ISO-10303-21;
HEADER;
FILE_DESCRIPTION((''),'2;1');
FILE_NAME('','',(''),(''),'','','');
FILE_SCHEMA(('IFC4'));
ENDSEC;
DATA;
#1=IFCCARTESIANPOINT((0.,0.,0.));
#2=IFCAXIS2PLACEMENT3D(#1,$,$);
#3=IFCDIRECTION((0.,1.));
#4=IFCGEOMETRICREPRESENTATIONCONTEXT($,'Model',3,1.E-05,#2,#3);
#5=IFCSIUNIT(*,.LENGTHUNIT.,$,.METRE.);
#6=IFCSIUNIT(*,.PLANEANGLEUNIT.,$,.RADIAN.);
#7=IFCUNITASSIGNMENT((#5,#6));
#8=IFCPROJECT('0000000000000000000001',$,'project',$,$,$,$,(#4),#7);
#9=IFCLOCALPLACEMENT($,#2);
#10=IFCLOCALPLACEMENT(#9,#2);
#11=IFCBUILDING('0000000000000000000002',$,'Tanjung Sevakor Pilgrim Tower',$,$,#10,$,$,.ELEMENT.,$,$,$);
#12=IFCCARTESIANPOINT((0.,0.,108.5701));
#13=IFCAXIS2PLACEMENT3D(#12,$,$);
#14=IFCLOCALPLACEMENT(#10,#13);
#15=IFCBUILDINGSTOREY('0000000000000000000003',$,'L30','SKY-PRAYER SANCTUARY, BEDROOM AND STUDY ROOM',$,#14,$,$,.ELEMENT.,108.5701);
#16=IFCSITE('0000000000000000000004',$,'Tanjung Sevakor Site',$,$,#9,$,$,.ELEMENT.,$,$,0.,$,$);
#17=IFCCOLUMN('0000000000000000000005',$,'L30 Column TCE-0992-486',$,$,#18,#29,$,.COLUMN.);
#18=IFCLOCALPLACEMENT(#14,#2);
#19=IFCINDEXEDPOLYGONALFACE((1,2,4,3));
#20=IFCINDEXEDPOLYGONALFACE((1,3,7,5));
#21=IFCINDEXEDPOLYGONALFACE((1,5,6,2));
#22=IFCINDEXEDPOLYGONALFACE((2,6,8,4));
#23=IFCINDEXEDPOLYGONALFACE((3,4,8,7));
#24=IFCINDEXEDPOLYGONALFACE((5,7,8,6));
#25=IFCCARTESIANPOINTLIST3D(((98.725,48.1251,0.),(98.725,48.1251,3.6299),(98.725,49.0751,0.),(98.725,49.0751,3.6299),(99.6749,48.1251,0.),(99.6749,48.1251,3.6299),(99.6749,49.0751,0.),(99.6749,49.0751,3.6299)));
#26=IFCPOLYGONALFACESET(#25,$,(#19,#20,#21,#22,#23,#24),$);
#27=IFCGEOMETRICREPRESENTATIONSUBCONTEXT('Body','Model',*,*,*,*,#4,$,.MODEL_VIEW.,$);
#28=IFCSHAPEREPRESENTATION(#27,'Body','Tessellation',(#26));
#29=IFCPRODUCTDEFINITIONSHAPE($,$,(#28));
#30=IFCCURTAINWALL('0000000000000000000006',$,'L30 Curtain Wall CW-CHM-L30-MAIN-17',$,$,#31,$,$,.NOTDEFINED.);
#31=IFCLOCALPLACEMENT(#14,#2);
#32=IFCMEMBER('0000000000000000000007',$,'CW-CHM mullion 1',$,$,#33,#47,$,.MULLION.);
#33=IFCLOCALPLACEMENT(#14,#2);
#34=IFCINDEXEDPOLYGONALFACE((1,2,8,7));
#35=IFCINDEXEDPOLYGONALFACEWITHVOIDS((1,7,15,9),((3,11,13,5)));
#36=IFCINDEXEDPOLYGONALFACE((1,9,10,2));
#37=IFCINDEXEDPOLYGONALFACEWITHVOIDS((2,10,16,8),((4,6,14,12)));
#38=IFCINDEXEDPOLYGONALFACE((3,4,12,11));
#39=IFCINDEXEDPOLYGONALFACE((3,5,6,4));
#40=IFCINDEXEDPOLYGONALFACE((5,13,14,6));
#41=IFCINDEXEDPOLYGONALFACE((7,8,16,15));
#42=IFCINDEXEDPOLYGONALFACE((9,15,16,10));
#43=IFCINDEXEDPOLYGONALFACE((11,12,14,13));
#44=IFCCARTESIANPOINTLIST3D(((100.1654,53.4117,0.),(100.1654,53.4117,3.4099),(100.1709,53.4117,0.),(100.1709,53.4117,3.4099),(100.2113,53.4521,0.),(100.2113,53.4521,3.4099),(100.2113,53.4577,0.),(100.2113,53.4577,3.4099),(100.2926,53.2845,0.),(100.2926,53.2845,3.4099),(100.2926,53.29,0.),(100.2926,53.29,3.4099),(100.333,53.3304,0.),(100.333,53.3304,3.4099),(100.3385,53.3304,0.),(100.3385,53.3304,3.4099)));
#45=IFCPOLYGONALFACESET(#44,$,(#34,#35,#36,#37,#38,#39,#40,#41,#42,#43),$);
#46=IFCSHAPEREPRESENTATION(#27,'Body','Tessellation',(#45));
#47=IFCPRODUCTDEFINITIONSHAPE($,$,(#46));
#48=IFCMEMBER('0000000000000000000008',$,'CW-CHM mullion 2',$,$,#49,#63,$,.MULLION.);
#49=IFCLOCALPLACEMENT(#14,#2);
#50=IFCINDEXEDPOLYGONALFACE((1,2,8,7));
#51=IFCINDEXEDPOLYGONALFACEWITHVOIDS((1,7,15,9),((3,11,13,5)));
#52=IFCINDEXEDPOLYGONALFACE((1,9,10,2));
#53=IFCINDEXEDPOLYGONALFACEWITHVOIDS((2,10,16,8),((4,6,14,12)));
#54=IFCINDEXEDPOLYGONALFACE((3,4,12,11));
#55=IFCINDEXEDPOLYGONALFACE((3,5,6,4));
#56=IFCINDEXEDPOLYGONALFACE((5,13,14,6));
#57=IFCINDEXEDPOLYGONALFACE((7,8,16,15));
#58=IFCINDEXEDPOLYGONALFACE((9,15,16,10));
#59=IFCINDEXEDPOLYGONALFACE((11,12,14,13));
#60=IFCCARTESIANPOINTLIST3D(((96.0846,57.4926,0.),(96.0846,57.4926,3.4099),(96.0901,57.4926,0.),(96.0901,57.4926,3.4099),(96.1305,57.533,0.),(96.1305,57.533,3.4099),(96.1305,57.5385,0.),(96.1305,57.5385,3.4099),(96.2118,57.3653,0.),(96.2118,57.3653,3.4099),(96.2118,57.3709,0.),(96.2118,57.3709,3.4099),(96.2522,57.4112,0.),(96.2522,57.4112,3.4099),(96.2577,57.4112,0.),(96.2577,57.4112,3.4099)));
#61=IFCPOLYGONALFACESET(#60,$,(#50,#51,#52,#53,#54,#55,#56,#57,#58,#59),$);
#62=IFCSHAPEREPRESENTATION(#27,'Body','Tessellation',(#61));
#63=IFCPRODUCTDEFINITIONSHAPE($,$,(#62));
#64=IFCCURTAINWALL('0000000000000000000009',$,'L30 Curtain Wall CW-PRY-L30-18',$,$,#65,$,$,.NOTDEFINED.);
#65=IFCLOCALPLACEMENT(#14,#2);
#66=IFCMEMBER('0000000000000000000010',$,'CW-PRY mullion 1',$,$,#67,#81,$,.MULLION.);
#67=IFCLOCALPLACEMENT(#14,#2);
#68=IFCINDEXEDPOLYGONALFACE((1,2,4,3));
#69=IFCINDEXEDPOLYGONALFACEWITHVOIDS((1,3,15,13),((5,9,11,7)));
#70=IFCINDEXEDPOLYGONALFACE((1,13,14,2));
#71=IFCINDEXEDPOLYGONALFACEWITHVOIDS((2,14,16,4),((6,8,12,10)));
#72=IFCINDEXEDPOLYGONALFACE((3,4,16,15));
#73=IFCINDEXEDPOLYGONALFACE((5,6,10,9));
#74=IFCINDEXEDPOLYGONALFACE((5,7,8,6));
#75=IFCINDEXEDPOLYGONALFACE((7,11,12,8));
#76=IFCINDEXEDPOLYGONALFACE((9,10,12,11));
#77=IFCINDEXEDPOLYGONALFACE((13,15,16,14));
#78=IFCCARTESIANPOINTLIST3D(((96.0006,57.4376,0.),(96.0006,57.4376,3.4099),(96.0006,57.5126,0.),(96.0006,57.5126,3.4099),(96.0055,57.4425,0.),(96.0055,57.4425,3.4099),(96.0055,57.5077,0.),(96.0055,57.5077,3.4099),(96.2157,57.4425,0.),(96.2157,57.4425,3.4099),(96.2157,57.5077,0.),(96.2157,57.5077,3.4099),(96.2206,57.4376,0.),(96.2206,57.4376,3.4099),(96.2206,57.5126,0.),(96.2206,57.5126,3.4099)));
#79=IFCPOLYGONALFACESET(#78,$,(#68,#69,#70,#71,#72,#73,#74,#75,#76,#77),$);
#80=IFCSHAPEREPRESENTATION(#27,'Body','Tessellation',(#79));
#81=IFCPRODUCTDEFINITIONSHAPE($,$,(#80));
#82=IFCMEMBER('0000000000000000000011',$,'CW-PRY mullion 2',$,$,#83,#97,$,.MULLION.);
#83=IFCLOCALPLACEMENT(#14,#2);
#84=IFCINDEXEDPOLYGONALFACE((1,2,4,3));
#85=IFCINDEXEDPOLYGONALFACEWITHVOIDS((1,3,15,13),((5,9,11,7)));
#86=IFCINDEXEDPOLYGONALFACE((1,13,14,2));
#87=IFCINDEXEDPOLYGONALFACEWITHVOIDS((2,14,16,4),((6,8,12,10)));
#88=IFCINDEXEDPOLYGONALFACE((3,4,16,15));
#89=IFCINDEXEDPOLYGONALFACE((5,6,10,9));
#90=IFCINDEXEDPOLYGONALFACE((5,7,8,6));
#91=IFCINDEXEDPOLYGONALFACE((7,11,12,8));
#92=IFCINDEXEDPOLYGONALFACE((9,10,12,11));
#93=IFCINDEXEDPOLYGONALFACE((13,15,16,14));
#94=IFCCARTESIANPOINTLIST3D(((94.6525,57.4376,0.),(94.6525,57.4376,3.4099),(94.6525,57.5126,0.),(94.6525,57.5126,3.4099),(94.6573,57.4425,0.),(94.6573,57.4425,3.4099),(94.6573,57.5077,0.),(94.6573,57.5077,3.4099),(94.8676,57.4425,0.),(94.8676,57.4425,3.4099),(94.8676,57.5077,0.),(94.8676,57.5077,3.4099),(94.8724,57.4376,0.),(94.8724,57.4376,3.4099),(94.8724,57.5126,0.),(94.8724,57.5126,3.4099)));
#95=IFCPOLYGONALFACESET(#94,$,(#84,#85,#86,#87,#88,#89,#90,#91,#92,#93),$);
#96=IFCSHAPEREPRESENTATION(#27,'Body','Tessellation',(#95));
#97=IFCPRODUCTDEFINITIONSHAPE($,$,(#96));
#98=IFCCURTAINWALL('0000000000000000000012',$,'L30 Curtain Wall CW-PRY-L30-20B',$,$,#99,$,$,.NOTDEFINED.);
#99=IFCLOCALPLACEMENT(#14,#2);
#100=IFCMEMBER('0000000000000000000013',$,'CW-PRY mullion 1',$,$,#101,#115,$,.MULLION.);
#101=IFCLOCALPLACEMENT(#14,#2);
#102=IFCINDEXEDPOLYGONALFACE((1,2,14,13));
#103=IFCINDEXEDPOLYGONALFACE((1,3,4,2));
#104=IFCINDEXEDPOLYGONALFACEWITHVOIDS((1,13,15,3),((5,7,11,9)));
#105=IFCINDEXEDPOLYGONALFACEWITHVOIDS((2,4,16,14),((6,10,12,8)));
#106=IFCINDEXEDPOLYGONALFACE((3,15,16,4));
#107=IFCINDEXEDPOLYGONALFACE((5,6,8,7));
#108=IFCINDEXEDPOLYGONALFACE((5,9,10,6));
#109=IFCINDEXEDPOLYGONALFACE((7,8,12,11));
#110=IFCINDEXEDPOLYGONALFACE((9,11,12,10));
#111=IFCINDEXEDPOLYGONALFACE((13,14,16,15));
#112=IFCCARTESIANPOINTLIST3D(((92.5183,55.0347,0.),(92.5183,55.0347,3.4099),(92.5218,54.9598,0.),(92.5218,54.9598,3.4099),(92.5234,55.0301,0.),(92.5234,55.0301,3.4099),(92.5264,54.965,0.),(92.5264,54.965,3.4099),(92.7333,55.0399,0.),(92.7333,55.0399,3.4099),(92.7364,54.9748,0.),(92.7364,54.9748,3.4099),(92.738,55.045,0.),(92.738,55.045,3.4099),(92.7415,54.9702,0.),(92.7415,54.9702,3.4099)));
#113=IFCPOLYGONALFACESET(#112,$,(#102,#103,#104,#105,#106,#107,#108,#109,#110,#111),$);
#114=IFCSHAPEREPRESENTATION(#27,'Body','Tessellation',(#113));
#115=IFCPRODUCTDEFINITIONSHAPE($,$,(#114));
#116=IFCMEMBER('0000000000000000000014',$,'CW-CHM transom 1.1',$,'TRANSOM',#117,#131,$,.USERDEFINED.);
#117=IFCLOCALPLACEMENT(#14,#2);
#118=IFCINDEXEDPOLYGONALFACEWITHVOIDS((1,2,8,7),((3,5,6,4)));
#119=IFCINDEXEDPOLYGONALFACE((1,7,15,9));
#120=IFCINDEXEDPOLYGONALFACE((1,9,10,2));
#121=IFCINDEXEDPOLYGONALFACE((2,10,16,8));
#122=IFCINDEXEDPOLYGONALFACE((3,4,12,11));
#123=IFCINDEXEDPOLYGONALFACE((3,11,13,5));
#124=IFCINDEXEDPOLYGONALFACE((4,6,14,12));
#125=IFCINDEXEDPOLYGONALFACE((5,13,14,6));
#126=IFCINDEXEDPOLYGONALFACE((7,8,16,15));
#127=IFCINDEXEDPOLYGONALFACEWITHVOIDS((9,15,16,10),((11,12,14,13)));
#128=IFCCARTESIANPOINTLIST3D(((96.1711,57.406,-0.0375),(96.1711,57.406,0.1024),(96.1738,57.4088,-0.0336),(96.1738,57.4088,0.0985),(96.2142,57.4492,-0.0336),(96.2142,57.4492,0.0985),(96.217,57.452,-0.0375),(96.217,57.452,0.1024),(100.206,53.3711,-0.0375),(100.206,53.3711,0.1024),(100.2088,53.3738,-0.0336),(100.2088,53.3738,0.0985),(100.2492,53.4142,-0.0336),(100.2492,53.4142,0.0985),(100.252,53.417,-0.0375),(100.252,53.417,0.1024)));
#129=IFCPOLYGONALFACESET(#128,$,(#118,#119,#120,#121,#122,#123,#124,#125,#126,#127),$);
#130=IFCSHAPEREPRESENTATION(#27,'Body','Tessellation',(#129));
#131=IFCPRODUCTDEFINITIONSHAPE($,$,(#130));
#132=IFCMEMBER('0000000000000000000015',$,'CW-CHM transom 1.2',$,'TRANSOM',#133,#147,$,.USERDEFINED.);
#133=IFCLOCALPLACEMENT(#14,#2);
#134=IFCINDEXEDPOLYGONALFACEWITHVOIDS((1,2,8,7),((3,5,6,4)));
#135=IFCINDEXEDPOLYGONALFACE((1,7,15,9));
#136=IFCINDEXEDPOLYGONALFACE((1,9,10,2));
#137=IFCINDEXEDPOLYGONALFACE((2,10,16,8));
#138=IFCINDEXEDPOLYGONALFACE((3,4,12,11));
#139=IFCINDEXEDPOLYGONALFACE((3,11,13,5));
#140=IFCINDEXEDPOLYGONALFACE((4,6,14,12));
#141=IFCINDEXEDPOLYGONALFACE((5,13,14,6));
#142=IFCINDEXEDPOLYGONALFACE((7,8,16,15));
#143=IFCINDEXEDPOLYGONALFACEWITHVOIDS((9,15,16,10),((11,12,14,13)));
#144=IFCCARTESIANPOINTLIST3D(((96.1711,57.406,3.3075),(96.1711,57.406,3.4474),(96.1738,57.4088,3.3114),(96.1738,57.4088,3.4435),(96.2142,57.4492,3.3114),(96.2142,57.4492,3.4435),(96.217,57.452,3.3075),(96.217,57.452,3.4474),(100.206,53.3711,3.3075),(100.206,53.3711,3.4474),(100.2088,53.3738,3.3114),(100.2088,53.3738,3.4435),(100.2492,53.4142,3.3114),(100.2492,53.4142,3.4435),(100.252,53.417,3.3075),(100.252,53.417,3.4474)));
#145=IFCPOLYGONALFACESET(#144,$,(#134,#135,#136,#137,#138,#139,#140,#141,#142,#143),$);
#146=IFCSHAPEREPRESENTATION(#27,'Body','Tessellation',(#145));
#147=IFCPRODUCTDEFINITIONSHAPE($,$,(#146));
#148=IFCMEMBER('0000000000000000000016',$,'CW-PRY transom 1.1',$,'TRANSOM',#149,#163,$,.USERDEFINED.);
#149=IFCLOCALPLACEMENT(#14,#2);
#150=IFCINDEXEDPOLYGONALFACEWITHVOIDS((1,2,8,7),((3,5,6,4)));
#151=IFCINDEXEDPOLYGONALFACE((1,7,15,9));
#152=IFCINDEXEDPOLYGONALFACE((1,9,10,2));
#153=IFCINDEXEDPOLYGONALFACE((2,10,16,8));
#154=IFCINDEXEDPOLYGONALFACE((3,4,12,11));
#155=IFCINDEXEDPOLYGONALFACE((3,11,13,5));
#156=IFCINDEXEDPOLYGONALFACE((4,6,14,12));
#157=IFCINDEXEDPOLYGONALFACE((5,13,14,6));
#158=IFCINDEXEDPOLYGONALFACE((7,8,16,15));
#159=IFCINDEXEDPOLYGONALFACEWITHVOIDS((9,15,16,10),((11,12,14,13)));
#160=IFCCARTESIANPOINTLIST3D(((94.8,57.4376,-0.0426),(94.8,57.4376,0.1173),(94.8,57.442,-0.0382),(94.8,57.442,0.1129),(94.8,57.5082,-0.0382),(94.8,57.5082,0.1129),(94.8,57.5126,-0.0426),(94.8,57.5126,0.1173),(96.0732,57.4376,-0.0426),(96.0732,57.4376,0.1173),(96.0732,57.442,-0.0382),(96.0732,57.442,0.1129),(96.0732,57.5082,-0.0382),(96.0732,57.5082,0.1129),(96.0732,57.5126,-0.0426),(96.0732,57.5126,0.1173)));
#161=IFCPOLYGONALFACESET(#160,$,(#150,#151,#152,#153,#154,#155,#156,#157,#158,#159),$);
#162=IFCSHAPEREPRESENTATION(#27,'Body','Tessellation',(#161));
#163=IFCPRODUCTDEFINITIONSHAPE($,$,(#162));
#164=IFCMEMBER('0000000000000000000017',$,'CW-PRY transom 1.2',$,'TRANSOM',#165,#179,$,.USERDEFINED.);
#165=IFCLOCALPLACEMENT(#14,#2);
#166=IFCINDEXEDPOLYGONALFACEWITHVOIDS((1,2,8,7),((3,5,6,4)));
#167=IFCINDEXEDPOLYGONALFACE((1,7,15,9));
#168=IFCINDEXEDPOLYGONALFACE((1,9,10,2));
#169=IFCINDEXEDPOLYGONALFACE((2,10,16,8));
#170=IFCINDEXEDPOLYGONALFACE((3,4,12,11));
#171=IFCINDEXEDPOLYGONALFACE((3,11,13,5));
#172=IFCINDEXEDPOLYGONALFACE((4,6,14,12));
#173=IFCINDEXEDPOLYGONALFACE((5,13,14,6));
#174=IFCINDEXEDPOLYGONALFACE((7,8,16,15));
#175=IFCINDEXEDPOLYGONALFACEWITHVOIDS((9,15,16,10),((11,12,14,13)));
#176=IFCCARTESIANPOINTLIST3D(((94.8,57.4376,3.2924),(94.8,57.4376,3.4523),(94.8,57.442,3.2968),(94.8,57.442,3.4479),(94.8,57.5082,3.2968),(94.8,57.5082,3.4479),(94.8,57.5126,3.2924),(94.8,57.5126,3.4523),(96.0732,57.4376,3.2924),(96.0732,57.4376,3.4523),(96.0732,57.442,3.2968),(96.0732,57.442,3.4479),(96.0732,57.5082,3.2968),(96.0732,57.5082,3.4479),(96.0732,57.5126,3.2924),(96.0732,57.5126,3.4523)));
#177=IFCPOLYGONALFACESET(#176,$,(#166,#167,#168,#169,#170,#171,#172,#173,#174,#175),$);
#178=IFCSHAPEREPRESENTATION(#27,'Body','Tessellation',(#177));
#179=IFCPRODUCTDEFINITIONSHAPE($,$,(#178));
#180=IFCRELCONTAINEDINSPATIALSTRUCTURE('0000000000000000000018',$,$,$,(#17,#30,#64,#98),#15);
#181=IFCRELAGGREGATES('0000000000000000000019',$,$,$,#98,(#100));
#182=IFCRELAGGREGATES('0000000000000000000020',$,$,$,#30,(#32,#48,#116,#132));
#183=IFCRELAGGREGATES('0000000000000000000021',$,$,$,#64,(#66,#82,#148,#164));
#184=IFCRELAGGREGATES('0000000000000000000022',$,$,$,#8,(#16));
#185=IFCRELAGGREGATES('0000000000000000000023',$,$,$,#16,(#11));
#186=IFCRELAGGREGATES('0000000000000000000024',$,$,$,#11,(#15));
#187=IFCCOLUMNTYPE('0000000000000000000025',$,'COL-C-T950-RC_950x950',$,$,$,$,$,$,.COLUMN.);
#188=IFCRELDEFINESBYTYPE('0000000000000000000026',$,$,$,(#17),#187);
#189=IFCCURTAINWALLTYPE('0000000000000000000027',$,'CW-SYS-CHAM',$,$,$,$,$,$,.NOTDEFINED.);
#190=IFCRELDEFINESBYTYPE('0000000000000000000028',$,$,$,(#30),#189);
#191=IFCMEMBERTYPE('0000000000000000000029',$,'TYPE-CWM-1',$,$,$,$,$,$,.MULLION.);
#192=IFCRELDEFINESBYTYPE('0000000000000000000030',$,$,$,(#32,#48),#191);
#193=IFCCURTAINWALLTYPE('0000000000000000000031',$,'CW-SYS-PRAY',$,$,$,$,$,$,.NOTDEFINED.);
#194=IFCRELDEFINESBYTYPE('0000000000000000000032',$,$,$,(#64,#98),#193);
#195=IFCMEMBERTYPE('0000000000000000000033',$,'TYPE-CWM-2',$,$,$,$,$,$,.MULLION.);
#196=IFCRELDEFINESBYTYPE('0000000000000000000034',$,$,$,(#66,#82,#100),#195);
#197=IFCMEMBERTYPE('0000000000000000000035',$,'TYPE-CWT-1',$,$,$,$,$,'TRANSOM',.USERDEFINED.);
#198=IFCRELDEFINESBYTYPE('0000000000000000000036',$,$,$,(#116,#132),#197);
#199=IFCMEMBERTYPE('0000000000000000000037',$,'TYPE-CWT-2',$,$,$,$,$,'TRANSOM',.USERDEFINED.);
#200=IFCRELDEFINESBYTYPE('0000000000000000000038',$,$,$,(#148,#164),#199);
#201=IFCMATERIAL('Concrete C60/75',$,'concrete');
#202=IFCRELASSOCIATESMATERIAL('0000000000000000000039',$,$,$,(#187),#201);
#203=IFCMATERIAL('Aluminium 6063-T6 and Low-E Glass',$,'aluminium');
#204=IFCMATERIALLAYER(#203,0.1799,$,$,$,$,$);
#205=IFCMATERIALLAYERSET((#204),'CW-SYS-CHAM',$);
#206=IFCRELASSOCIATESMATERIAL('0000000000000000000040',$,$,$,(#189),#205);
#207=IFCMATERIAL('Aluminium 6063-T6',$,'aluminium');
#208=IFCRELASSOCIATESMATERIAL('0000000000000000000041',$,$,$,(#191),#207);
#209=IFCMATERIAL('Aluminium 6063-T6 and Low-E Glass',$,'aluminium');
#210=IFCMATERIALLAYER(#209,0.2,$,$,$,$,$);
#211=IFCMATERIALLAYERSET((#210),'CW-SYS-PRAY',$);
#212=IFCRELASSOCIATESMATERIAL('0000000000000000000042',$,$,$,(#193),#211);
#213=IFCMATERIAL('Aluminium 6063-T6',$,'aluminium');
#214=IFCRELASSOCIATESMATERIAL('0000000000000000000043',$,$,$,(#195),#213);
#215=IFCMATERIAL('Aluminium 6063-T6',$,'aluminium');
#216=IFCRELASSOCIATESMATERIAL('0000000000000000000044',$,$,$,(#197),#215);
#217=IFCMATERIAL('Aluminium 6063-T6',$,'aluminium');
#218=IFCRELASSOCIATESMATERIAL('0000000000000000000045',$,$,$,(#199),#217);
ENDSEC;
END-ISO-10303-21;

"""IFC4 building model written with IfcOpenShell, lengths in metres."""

from ifc_helpers import new_model, si_unit, direction, frame, origin, origin_2d, place, context, subcontext, project, spatial, rectangle, hollow_rectangle, extrude, material, layer, layer_set, material_profile, profile_set, type_object, element, aggregate, save


model = new_model("IFC4")

# Units and contexts
model_context = context("Model", 3, precision=1e-05, world=origin(), true_north=direction((0.0, 1.0)))
body_context = subcontext(model_context, "Body", "Model", "MODEL_VIEW")
ifc_project = project(units=[si_unit("LENGTHUNIT", "METRE"), si_unit("PLANEANGLEUNIT", "RADIAN")], contexts=[model_context])

# Site, building, storey
site_placement = place(None, origin())
site = spatial("IfcSite", under=ifc_project, at=site_placement, Name="Tanjung Sevakor Site", CompositionType="ELEMENT", RefElevation=0.0)
building_placement = place(site_placement, origin())
building = spatial("IfcBuilding", under=site, at=building_placement, Name="Tanjung Sevakor Pilgrim Tower", CompositionType="ELEMENT")
storey_placement = place(building_placement, frame((0.0, 0.0, 108.5701)))
storey = spatial("IfcBuildingStorey", under=building, at=storey_placement, Name="L30", Description="SKY-PRAYER SANCTUARY, BEDROOM AND STUDY ROOM", CompositionType="ELEMENT", Elevation=108.5701)

# Column
ifc_material_1 = material(Name="Concrete C60/75", Category="concrete")
ifc_material_profile_1 = material_profile(ifc_material_1, rectangle(XDim=0.95, YDim=0.95, at=origin_2d()))
ifc_profile_set_1 = profile_set([ifc_material_profile_1], Name="Concrete C60/75")
column_type = type_object("IfcColumnType", Name="COL-C-T950-RC_950x950", PredefinedType="COLUMN", material=ifc_profile_set_1)
column_placement = place(storey_placement, frame((99.2, 48.6001, 0.0), z_axis=(0.0, 0.0, 1.0), x_axis=(1.0, 0.0, 0.0)))
element("IfcColumn", 1, at=column_placement, inside=storey, type_object=column_type, Name="L30 Column TCE-0992-486", PredefinedType="COLUMN", context=body_context, shape_type="SweptSolid", body=[
    extrude(rectangle(XDim=0.95, YDim=0.95, at=origin_2d()), origin(), (0.0, 0.0, 1.0), 3.6299),
])

# Curtain walls, members
ifc_material_2 = material(Name="Aluminium 6063-T6 and Low-E Glass", Category="aluminium")
ifc_layer_1 = layer(ifc_material_2, 0.1799)
ifc_layer_set_1 = layer_set([ifc_layer_1], Name="CW-SYS-CHAM")
curtain_wall_type_1 = type_object("IfcCurtainWallType", Name="CW-SYS-CHAM", PredefinedType="NOTDEFINED", material=ifc_layer_set_1)
curtain_wall_1_placement = place(storey_placement, origin())
curtain_wall_1 = element("IfcCurtainWall", 2, at=curtain_wall_1_placement, inside=storey, type_object=curtain_wall_type_1, Name="L30 Curtain Wall CW-CHM-L30-MAIN-17", PredefinedType="NOTDEFINED")
ifc_material_3 = material(Name="Aluminium 6063-T6", Category="aluminium")
ifc_material_profile_2 = material_profile(ifc_material_3, hollow_rectangle(XDim=0.0649, YDim=0.1799, WallThickness=0.0039, at=origin_2d()))
ifc_profile_set_2 = profile_set([ifc_material_profile_2], Name="Aluminium 6063-T6")
member_type_1 = type_object("IfcMemberType", Name="TYPE-CWM-1", PredefinedType="MULLION", material=ifc_profile_set_2)
member_1_placement = place(storey_placement, frame((100.252, 53.3711, 0.0), z_axis=(0.0, 0.0, 1.0), x_axis=(-0.707107, -0.707107, 0.0)))
member_1 = element("IfcMember", 3, at=member_1_placement, type_object=member_type_1, Name="CW-CHM mullion 1", PredefinedType="MULLION", context=body_context, shape_type="SweptSolid", body=[
    extrude(hollow_rectangle(XDim=0.0649, YDim=0.1799, WallThickness=0.0039, at=origin_2d()), origin(), (0.0, 0.0, 1.0), 3.4099),
])
member_2_placement = place(storey_placement, frame((96.1711, 57.4519, 0.0), z_axis=(0.0, 0.0, 1.0), x_axis=(-0.707107, -0.707107, 0.0)))
member_2 = element("IfcMember", 4, at=member_2_placement, type_object=member_type_1, Name="CW-CHM mullion 2", PredefinedType="MULLION", context=body_context, shape_type="SweptSolid", body=[
    extrude(hollow_rectangle(XDim=0.0649, YDim=0.1799, WallThickness=0.0039, at=origin_2d()), origin(), (0.0, 0.0, 1.0), 3.4099),
])
ifc_material_4 = material(Name="Aluminium 6063-T6 and Low-E Glass", Category="aluminium")
ifc_layer_2 = layer(ifc_material_4, 0.2)
ifc_layer_set_2 = layer_set([ifc_layer_2], Name="CW-SYS-PRAY")
curtain_wall_type_2 = type_object("IfcCurtainWallType", Name="CW-SYS-PRAY", PredefinedType="NOTDEFINED", material=ifc_layer_set_2)
curtain_wall_2_placement = place(storey_placement, origin())
curtain_wall_2 = element("IfcCurtainWall", 5, at=curtain_wall_2_placement, inside=storey, type_object=curtain_wall_type_2, Name="L30 Curtain Wall CW-PRY-L30-18", PredefinedType="NOTDEFINED")
ifc_material_5 = material(Name="Aluminium 6063-T6", Category="aluminium")
ifc_material_profile_3 = material_profile(ifc_material_5, hollow_rectangle(XDim=0.075, YDim=0.22, WallThickness=0.0049, at=origin_2d()))
ifc_profile_set_3 = profile_set([ifc_material_profile_3], Name="Aluminium 6063-T6")
member_type_2 = type_object("IfcMemberType", Name="TYPE-CWM-2", PredefinedType="MULLION", material=ifc_profile_set_3)
member_3_placement = place(storey_placement, frame((96.1106, 57.4751, 0.0), z_axis=(0.0, 0.0, 1.0), x_axis=(0.0, -1.0, 0.0)))
member_3 = element("IfcMember", 6, at=member_3_placement, type_object=member_type_2, Name="CW-PRY mullion 1", PredefinedType="MULLION", context=body_context, shape_type="SweptSolid", body=[
    extrude(hollow_rectangle(XDim=0.075, YDim=0.22, WallThickness=0.0049, at=origin_2d()), origin(), (0.0, 0.0, 1.0), 3.4099),
])
member_4_placement = place(storey_placement, frame((94.7625, 57.4751, 0.0), z_axis=(0.0, 0.0, 1.0), x_axis=(0.0, -1.0, 0.0)))
member_4 = element("IfcMember", 7, at=member_4_placement, type_object=member_type_2, Name="CW-PRY mullion 2", PredefinedType="MULLION", context=body_context, shape_type="SweptSolid", body=[
    extrude(hollow_rectangle(XDim=0.075, YDim=0.22, WallThickness=0.0049, at=origin_2d()), origin(), (0.0, 0.0, 1.0), 3.4099),
])

# Curtain wall, member
curtain_wall_3_placement = place(storey_placement, origin())
curtain_wall_3 = element("IfcCurtainWall", 8, at=curtain_wall_3_placement, inside=storey, type_object=curtain_wall_type_2, Name="L30 Curtain Wall CW-PRY-L30-20B", PredefinedType="NOTDEFINED")
member_5_placement = place(storey_placement, frame((92.6299, 55.0024, 0.0), z_axis=(0.0, 0.0, 1.0), x_axis=(0.04689, -0.9989, 0.0)))
member_5 = element("IfcMember", 9, at=member_5_placement, type_object=member_type_2, Name="CW-PRY mullion 1", PredefinedType="MULLION", context=body_context, shape_type="SweptSolid", body=[
    extrude(hollow_rectangle(XDim=0.075, YDim=0.22, WallThickness=0.0049, at=origin_2d()), origin(), (0.0, 0.0, 1.0), 3.4099),
])
aggregate(curtain_wall_3, [member_5])

# Members
ifc_material_6 = material(Name="Aluminium 6063-T6", Category="aluminium")
ifc_material_profile_4 = material_profile(ifc_material_6, hollow_rectangle(XDim=0.0649, YDim=0.1399, WallThickness=0.0039, at=origin_2d()))
ifc_profile_set_4 = profile_set([ifc_material_profile_4], Name="Aluminium 6063-T6")
member_type_3 = type_object("IfcMemberType", Name="TYPE-CWT-1", ElementType="TRANSOM", PredefinedType="USERDEFINED", material=ifc_profile_set_4)
member_6_placement = place(storey_placement, frame((100.229, 53.394, 0.0325), z_axis=(-0.707107, 0.707107, 0.0), x_axis=(-0.707107, -0.707107, 0.0)))
member_6 = element("IfcMember", 10, at=member_6_placement, type_object=member_type_3, Name="CW-CHM transom 1.1", ObjectType="TRANSOM", PredefinedType="USERDEFINED", context=body_context, shape_type="SweptSolid", body=[
    extrude(hollow_rectangle(XDim=0.0649, YDim=0.1399, WallThickness=0.0039, at=origin_2d()), origin(), (0.0, 0.0, 1.0), 5.7063),
])
member_7_placement = place(storey_placement, frame((100.229, 53.394, 3.3774), z_axis=(-0.707107, 0.707107, 0.0), x_axis=(-0.707107, -0.707107, 0.0)))
member_7 = element("IfcMember", 11, at=member_7_placement, type_object=member_type_3, Name="CW-CHM transom 1.2", ObjectType="TRANSOM", PredefinedType="USERDEFINED", context=body_context, shape_type="SweptSolid", body=[
    extrude(hollow_rectangle(XDim=0.0649, YDim=0.1399, WallThickness=0.0039, at=origin_2d()), origin(), (0.0, 0.0, 1.0), 5.7063),
])
ifc_material_7 = material(Name="Aluminium 6063-T6", Category="aluminium")
ifc_material_profile_5 = material_profile(ifc_material_7, hollow_rectangle(XDim=0.075, YDim=0.1599, WallThickness=0.0044, at=origin_2d()))
ifc_profile_set_5 = profile_set([ifc_material_profile_5], Name="Aluminium 6063-T6")
member_type_4 = type_object("IfcMemberType", Name="TYPE-CWT-2", ElementType="TRANSOM", PredefinedType="USERDEFINED", material=ifc_profile_set_5)
member_8_placement = place(storey_placement, frame((96.0732, 57.4751, 0.0374), z_axis=(-1.0, 0.0, 0.0), x_axis=(0.0, -1.0, 0.0)))
member_8 = element("IfcMember", 12, at=member_8_placement, type_object=member_type_4, Name="CW-PRY transom 1.1", ObjectType="TRANSOM", PredefinedType="USERDEFINED", context=body_context, shape_type="SweptSolid", body=[
    extrude(hollow_rectangle(XDim=0.075, YDim=0.1599, WallThickness=0.0044, at=origin_2d()), origin(), (0.0, 0.0, 1.0), 1.2732),
])
member_9_placement = place(storey_placement, frame((96.0732, 57.4751, 3.3723), z_axis=(-1.0, 0.0, 0.0), x_axis=(0.0, -1.0, 0.0)))
member_9 = element("IfcMember", 13, at=member_9_placement, type_object=member_type_4, Name="CW-PRY transom 1.2", ObjectType="TRANSOM", PredefinedType="USERDEFINED", context=body_context, shape_type="SweptSolid", body=[
    extrude(hollow_rectangle(XDim=0.075, YDim=0.1599, WallThickness=0.0044, at=origin_2d()), origin(), (0.0, 0.0, 1.0), 1.2732),
])

aggregate(curtain_wall_1, [member_1, member_2, member_6, member_7])
aggregate(curtain_wall_2, [member_3, member_4, member_8, member_9])

save(model, "model.ifc")
